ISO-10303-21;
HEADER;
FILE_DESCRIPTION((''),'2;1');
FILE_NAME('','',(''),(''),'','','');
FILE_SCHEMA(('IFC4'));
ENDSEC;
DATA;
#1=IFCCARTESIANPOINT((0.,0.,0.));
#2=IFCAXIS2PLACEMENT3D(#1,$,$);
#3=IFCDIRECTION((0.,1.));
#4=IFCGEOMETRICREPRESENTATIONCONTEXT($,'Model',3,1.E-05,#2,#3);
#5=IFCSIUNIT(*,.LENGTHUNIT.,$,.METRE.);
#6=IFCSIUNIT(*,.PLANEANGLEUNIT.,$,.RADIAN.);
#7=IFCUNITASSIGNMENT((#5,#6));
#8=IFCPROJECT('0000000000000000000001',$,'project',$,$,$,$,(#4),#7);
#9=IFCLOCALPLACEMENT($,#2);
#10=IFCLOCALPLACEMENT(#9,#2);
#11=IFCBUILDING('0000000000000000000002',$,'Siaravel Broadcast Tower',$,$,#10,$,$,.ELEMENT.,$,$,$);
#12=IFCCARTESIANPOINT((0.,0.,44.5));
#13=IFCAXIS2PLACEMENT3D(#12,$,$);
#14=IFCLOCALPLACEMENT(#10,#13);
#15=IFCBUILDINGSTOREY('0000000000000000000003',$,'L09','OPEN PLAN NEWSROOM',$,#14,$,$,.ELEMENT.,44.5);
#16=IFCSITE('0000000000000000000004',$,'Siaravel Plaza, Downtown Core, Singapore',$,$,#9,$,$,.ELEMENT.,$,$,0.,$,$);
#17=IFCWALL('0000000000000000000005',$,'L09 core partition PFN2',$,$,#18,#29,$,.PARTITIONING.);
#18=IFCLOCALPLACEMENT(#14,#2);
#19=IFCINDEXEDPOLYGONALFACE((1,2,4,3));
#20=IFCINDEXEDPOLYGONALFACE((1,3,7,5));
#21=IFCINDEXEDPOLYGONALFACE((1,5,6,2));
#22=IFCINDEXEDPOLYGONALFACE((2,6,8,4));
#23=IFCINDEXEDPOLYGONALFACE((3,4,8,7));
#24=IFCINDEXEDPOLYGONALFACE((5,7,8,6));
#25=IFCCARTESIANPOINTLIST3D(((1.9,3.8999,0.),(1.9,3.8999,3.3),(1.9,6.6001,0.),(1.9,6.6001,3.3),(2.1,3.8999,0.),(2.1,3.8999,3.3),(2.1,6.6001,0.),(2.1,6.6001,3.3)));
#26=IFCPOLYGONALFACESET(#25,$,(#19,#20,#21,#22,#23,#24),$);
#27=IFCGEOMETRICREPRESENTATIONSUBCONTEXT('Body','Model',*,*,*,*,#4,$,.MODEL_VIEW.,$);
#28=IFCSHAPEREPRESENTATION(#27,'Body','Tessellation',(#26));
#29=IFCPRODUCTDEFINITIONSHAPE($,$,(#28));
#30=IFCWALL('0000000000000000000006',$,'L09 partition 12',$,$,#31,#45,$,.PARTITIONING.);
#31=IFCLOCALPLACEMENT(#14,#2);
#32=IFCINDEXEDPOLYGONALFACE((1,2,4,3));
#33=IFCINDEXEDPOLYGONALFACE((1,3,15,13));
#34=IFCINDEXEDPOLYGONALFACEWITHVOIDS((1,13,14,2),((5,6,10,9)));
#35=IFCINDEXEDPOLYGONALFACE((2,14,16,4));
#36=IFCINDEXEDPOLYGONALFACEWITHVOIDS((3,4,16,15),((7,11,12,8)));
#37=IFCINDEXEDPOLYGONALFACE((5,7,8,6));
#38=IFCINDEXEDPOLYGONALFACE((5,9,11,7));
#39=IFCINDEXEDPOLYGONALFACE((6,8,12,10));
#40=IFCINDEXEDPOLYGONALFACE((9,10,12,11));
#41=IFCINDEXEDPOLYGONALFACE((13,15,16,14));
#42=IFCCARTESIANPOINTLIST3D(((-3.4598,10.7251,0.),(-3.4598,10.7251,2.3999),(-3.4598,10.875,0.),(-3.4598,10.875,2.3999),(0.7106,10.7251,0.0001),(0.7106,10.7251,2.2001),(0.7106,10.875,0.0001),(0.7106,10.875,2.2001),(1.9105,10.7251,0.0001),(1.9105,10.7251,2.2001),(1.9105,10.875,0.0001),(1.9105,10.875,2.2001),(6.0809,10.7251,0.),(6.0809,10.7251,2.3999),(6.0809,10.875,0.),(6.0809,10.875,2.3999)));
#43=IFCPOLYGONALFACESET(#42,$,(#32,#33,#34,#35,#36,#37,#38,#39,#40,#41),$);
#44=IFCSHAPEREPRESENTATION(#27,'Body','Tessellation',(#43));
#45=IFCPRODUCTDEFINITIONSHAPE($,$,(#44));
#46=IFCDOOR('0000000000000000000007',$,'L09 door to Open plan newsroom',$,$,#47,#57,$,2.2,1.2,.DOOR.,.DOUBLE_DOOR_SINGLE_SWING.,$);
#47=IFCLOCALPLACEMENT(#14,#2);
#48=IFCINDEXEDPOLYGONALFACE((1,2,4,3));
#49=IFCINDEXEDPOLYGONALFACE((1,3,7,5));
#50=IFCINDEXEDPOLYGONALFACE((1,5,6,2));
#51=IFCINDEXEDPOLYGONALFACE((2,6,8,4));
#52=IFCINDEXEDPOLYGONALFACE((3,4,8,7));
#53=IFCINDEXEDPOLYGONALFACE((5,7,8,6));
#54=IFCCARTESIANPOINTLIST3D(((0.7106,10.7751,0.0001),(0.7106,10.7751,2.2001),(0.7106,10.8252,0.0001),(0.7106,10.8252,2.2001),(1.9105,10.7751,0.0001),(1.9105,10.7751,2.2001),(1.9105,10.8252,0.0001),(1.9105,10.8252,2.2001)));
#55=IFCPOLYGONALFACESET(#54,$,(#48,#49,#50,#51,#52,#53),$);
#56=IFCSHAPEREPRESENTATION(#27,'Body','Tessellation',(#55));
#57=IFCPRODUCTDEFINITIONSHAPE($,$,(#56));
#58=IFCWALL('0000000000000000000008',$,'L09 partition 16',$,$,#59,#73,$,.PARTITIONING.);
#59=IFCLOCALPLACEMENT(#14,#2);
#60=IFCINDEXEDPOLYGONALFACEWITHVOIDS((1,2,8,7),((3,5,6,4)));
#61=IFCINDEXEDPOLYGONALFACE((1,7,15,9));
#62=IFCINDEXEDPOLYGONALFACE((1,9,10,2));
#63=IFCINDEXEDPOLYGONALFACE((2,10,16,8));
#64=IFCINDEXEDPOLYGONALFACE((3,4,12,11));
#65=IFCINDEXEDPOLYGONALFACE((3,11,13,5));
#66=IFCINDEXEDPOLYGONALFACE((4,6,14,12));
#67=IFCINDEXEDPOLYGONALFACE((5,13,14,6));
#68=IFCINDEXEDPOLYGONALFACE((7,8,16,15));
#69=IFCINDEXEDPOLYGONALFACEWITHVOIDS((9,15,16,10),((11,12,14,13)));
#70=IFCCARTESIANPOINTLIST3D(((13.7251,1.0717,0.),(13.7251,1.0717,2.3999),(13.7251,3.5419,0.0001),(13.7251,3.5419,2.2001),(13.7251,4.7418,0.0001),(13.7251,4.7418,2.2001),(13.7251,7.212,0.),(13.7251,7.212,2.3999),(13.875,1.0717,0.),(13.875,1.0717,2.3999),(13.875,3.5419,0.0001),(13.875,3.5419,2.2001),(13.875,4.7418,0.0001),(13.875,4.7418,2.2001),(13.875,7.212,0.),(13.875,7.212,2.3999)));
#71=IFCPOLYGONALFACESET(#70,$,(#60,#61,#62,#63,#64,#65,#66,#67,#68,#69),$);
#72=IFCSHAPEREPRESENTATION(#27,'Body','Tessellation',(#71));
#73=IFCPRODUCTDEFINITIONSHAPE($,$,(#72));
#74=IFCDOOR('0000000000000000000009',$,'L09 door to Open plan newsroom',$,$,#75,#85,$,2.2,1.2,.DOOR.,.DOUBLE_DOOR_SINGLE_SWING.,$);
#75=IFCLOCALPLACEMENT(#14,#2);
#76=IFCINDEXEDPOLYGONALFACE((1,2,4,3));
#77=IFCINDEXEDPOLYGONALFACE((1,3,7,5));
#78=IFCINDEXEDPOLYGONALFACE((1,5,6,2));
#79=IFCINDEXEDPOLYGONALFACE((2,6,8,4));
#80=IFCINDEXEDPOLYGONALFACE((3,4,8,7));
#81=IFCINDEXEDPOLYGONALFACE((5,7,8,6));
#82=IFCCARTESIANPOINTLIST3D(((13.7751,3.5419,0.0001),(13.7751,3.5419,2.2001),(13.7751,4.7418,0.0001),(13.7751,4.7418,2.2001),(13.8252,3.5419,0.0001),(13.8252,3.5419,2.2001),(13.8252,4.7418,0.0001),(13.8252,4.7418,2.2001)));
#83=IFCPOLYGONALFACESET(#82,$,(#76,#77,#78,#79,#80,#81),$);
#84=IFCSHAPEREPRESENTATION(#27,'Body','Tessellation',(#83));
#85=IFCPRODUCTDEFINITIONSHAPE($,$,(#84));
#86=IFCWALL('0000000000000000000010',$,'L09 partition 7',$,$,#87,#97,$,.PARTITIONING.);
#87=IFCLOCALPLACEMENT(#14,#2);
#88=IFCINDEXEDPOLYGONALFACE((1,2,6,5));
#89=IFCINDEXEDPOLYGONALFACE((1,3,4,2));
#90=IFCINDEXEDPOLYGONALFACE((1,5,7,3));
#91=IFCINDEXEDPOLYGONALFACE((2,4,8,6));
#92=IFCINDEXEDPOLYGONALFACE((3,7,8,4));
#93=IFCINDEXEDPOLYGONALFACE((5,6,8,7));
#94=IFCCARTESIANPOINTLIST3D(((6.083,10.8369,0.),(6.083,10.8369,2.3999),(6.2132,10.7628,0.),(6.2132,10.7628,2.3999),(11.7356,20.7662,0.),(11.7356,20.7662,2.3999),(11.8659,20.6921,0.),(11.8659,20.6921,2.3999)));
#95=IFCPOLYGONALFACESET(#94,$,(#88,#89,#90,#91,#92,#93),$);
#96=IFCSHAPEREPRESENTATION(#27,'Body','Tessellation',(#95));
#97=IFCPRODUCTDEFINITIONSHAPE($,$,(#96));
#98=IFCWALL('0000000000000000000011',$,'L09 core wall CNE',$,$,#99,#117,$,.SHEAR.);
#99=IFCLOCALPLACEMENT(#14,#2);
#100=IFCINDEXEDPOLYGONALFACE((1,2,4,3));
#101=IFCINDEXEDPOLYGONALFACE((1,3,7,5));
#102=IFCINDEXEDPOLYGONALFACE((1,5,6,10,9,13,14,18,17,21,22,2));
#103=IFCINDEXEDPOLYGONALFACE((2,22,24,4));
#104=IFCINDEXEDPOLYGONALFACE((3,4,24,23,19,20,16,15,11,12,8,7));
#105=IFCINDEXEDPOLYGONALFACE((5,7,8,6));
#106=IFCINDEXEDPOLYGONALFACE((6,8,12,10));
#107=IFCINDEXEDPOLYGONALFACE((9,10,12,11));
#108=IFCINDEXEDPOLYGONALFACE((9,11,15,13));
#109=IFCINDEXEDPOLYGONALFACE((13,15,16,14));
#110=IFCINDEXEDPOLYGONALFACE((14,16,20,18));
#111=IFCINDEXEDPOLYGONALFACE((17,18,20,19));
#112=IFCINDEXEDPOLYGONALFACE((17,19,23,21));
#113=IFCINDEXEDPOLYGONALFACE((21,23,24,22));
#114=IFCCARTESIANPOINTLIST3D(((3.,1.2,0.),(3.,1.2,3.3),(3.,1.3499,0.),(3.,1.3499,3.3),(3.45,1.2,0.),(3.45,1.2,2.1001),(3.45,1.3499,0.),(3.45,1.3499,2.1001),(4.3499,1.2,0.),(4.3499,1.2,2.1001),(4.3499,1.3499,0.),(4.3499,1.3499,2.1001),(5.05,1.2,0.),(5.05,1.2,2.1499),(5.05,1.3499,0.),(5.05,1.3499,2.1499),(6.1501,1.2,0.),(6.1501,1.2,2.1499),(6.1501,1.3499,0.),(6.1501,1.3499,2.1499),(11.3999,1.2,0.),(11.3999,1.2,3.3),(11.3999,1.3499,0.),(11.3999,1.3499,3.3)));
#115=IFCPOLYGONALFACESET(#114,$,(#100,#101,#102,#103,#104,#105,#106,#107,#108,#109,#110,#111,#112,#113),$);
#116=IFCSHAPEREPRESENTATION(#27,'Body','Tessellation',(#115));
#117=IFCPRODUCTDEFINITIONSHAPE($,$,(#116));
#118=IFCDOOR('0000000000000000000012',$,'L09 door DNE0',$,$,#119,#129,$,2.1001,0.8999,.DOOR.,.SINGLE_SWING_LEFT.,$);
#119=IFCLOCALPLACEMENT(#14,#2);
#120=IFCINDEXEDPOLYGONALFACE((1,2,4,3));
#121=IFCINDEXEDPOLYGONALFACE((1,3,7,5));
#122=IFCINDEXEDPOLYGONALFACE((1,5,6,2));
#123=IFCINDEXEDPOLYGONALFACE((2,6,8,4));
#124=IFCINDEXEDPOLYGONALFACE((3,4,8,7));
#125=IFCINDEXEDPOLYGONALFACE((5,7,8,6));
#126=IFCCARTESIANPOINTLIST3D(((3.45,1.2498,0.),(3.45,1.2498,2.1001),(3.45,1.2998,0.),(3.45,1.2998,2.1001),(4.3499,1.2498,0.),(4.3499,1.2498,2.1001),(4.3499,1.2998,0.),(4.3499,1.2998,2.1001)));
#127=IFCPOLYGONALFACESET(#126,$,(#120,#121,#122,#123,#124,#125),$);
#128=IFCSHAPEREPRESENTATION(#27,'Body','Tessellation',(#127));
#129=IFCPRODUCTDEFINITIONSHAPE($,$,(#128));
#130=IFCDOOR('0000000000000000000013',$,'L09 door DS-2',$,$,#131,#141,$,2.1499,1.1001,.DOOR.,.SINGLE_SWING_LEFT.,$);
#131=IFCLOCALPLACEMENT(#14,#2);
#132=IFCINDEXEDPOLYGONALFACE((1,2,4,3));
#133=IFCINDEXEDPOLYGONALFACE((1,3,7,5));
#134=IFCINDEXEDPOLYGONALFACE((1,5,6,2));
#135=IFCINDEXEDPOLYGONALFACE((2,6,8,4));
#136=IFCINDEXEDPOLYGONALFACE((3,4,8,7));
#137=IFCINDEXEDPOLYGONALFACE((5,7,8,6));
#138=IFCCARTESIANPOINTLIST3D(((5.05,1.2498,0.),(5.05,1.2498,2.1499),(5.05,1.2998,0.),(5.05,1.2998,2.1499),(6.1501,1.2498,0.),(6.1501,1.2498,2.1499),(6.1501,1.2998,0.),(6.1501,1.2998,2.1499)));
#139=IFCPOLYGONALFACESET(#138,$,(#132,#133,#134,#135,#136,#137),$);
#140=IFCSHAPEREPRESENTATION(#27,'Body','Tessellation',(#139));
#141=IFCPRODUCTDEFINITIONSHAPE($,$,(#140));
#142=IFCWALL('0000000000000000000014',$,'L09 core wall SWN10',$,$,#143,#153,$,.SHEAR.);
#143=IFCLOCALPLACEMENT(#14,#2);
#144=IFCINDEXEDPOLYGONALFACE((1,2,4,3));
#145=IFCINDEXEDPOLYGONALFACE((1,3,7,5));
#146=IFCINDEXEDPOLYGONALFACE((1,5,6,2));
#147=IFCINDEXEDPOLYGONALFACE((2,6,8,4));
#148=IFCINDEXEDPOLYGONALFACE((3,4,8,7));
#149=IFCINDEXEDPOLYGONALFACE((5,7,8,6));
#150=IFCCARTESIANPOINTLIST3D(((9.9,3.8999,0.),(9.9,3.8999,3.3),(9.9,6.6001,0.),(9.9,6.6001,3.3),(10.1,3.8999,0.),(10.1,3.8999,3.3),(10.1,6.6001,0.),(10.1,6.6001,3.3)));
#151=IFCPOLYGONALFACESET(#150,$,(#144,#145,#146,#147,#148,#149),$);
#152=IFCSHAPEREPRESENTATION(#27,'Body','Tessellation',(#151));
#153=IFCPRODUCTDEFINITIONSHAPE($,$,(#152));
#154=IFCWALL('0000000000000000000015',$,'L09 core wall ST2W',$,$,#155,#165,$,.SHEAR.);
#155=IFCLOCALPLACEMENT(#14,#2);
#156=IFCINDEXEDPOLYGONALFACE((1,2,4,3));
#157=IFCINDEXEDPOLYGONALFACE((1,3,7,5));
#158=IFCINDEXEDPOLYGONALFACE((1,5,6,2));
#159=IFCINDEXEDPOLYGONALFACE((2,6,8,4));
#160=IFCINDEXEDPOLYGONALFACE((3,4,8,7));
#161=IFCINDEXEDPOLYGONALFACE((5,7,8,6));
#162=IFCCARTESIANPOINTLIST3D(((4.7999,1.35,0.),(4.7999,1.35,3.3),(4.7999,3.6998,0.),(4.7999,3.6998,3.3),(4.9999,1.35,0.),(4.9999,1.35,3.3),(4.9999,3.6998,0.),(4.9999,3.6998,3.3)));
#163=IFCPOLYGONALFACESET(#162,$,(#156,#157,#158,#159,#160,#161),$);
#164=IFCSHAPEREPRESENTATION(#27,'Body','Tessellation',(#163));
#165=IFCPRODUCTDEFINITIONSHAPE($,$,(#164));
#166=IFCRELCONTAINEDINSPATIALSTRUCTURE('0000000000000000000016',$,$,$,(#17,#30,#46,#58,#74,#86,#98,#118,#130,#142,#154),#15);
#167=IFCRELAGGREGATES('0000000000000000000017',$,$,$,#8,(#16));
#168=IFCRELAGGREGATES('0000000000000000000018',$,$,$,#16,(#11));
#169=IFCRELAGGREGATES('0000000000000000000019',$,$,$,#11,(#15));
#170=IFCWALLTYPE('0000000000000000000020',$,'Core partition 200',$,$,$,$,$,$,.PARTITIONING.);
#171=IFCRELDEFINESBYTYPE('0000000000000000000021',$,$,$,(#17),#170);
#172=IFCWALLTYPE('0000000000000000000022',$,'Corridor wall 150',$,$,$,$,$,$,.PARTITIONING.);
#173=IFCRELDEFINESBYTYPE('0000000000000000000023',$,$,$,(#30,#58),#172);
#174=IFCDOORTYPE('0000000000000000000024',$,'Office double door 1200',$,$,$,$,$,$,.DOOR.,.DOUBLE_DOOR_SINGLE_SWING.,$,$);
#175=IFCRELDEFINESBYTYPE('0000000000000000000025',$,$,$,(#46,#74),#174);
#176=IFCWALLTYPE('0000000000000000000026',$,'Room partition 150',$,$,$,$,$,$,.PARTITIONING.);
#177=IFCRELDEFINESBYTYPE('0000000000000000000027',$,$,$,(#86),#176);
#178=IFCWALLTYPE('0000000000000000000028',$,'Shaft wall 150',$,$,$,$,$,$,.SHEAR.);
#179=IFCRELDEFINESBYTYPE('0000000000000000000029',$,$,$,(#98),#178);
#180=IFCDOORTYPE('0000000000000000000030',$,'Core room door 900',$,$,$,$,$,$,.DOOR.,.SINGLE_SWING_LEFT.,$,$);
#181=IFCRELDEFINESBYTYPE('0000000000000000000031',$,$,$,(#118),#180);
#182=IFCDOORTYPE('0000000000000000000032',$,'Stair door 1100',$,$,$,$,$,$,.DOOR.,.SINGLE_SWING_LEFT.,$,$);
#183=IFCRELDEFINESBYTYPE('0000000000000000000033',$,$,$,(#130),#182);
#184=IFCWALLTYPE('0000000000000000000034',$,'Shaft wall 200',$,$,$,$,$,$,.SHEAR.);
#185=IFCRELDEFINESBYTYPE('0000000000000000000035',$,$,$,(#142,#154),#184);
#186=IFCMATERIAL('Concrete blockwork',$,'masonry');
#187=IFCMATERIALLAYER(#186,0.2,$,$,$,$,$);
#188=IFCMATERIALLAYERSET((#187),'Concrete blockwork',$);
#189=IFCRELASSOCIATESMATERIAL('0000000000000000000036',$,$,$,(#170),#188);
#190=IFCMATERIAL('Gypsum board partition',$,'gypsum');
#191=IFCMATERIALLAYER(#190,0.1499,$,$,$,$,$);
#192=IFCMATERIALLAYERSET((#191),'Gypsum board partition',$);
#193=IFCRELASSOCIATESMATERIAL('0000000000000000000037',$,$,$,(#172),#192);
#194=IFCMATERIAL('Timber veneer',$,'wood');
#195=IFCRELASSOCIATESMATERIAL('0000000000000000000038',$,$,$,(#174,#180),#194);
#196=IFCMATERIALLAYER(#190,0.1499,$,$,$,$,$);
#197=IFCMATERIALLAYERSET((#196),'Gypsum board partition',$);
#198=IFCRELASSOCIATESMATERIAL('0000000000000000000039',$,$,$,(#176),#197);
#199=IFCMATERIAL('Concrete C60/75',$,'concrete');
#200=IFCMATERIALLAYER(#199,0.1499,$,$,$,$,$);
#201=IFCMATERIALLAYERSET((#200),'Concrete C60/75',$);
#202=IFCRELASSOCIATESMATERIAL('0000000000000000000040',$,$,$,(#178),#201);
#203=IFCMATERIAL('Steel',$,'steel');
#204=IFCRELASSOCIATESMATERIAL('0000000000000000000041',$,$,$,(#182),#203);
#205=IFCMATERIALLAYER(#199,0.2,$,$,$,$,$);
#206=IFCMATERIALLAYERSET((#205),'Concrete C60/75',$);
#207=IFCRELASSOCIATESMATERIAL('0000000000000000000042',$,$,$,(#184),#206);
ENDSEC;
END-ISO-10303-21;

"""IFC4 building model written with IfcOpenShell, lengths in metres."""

from ifc_helpers import new_model, si_unit, direction, frame, frame_2d, origin, place, context, subcontext, project, spatial, rectangle, extrude, material, layer, layer_set, type_object, element, fill, save


model = new_model("IFC4")

# Units and contexts
model_context = context("Model", 3, precision=1e-05, world=origin(), true_north=direction((0.0, 1.0)))
body_context = subcontext(model_context, "Body", "Model", "MODEL_VIEW")
ifc_project = project(units=[si_unit("LENGTHUNIT", "METRE"), si_unit("PLANEANGLEUNIT", "RADIAN")], contexts=[model_context])

# Site, building, storey
site_placement = place(None, origin())
site = spatial("IfcSite", under=ifc_project, at=site_placement, Name="Siaravel Plaza, Downtown Core, Singapore", CompositionType="ELEMENT", RefElevation=0.0)
building_placement = place(site_placement, origin())
building = spatial("IfcBuilding", under=site, at=building_placement, Name="Siaravel Broadcast Tower", CompositionType="ELEMENT")
storey_placement = place(building_placement, frame((0.0, 0.0, 44.5)))
storey = spatial("IfcBuildingStorey", under=building, at=storey_placement, Name="L09", Description="OPEN PLAN NEWSROOM", CompositionType="ELEMENT", Elevation=44.5)

# Wall
ifc_material_1 = material(Name="Concrete blockwork", Category="masonry")
ifc_layer_1 = layer(ifc_material_1, 0.2)
ifc_layer_set_1 = layer_set([ifc_layer_1], Name="Concrete blockwork")
wall_type_1 = type_object("IfcWallType", Name="Core partition 200", PredefinedType="PARTITIONING", material=ifc_layer_set_1)
wall_1_placement = place(storey_placement, frame((2.0, 3.8999, 0.0), z_axis=(0.0, 0.0, 1.0), x_axis=(0.0, 1.0, 0.0)))
element("IfcWall", 1, at=wall_1_placement, inside=storey, type_object=wall_type_1, Name="L09 core partition PFN2", PredefinedType="PARTITIONING", context=body_context, shape_type="SweptSolid", body=[
    extrude(rectangle(XDim=2.7002, YDim=0.2, at=frame_2d((1.3501, 0.0))), origin(), (0.0, 0.0, 1.0), 3.3),
])

# Walls, openings, doors
ifc_material_2 = material(Name="Gypsum board partition", Category="gypsum")
ifc_layer_2 = layer(ifc_material_2, 0.1499)
ifc_layer_set_2 = layer_set([ifc_layer_2], Name="Gypsum board partition")
wall_type_2 = type_object("IfcWallType", Name="Corridor wall 150", PredefinedType="PARTITIONING", material=ifc_layer_set_2)
wall_2_placement = place(storey_placement, frame((6.0811, 10.8, 0.0), z_axis=(0.0, 0.0, 1.0), x_axis=(-1.0, 0.0, 0.0)))
wall_2 = element("IfcWall", 2, at=wall_2_placement, inside=storey, type_object=wall_type_2, Name="L09 partition 12", PredefinedType="PARTITIONING", context=body_context, shape_type="SweptSolid", body=[
    extrude(rectangle(XDim=9.5408, YDim=0.1499, at=frame_2d((4.7705, 0.0))), origin(), (0.0, 0.0, 1.0), 2.3999),
])
opening_1_placement = place(wall_2_placement, frame((4.1704, 0.0, 0.0)))
opening_1 = element("IfcOpeningElement", 3, at=opening_1_placement, cuts=wall_2, PredefinedType="OPENING", context=body_context, shape_type="SweptSolid", body=[
    extrude(rectangle(XDim=1.2, YDim=2.2, at=frame_2d((0.6001, 1.1001))), frame((0.0, 0.085, 0.0), z_axis=(0.0, -1.0, 0.0), x_axis=(1.0, 0.0, 0.0)), (0.0, 0.0, 1.0), 0.1699),
])
ifc_material_3 = material(Name="Timber veneer", Category="wood")
door_type_1 = type_object("IfcDoorType", Name="Office double door 1200", OperationType="DOUBLE_DOOR_SINGLE_SWING", PredefinedType="DOOR", material=ifc_material_3)
door_1_placement = place(opening_1_placement, origin())
door_1 = element("IfcDoor", 4, at=door_1_placement, inside=storey, type_object=door_type_1, Name="L09 door to Open plan newsroom", OperationType="DOUBLE_DOOR_SINGLE_SWING", OverallHeight=2.2, OverallWidth=1.2, PredefinedType="DOOR", context=body_context, shape_type="SweptSolid", body=[
    extrude(rectangle(XDim=1.2, YDim=2.2, at=frame_2d((0.6001, 1.1001))), frame((0.0, 0.0249, 0.0), z_axis=(0.0, -1.0, 0.0), x_axis=(1.0, 0.0, 0.0)), (0.0, 0.0, 1.0), 0.05),
])
fill(opening_1, door_1)
wall_3_placement = place(storey_placement, frame((13.8, 1.0715, 0.0), z_axis=(0.0, 0.0, 1.0), x_axis=(0.0, 1.0, 0.0)))
wall_3 = element("IfcWall", 5, at=wall_3_placement, inside=storey, type_object=wall_type_2, Name="L09 partition 16", PredefinedType="PARTITIONING", context=body_context, shape_type="SweptSolid", body=[
    extrude(rectangle(XDim=6.1404, YDim=0.1499, at=frame_2d((3.0703, 0.0))), origin(), (0.0, 0.0, 1.0), 2.3999),
])
opening_2_placement = place(wall_3_placement, frame((2.4702, 0.0, 0.0)))
opening_2 = element("IfcOpeningElement", 6, at=opening_2_placement, cuts=wall_3, PredefinedType="OPENING", context=body_context, shape_type="SweptSolid", body=[
    extrude(rectangle(XDim=1.2, YDim=2.2, at=frame_2d((0.6001, 1.1001))), frame((0.0, 0.085, 0.0), z_axis=(0.0, -1.0, 0.0), x_axis=(1.0, 0.0, 0.0)), (0.0, 0.0, 1.0), 0.1699),
])
door_2_placement = place(opening_2_placement, origin())
door_2 = element("IfcDoor", 7, at=door_2_placement, inside=storey, type_object=door_type_1, Name="L09 door to Open plan newsroom", OperationType="DOUBLE_DOOR_SINGLE_SWING", OverallHeight=2.2, OverallWidth=1.2, PredefinedType="DOOR", context=body_context, shape_type="SweptSolid", body=[
    extrude(rectangle(XDim=1.2, YDim=2.2, at=frame_2d((0.6001, 1.1001))), frame((0.0, 0.0249, 0.0), z_axis=(0.0, -1.0, 0.0), x_axis=(1.0, 0.0, 0.0)), (0.0, 0.0, 1.0), 0.05),
])
fill(opening_2, door_2)

# Wall
ifc_layer_3 = layer(ifc_material_2, 0.1499)
ifc_layer_set_3 = layer_set([ifc_layer_3], Name="Gypsum board partition")
wall_type_3 = type_object("IfcWallType", Name="Room partition 150", PredefinedType="PARTITIONING", material=ifc_layer_set_3)
wall_4_placement = place(storey_placement, frame((11.8008, 20.7292, 0.0), z_axis=(0.0, 0.0, 1.0), x_axis=(-0.494737, -0.869043, 0.0)))
element("IfcWall", 8, at=wall_4_placement, inside=storey, type_object=wall_type_3, Name="L09 partition 7", PredefinedType="PARTITIONING", context=body_context, shape_type="SweptSolid", body=[
    extrude(rectangle(XDim=11.4255, YDim=0.1499, at=frame_2d((5.7129, 0.0))), origin(), (0.0, 0.0, 1.0), 2.3999),
])

# Wall, openings, doors
ifc_material_4 = material(Name="Concrete C60/75", Category="concrete")
ifc_layer_4 = layer(ifc_material_4, 0.1499)
ifc_layer_set_4 = layer_set([ifc_layer_4], Name="Concrete C60/75")
wall_type_4 = type_object("IfcWallType", Name="Shaft wall 150", PredefinedType="SHEAR", material=ifc_layer_set_4)
wall_5_placement = place(storey_placement, frame((3.0, 1.2749, 0.0), z_axis=(0.0, 0.0, 1.0), x_axis=(1.0, 0.0, 0.0)))
wall_5 = element("IfcWall", 9, at=wall_5_placement, inside=storey, type_object=wall_type_4, Name="L09 core wall CNE", PredefinedType="SHEAR", context=body_context, shape_type="SweptSolid", body=[
    extrude(rectangle(XDim=8.3999, YDim=0.1499, at=frame_2d((4.2, 0.0))), origin(), (0.0, 0.0, 1.0), 3.3),
])
opening_3_placement = place(wall_5_placement, frame((2.05, 0.0, 0.0)))
opening_3 = element("IfcOpeningElement", 10, at=opening_3_placement, cuts=wall_5, PredefinedType="OPENING", context=body_context, shape_type="SweptSolid", body=[
    extrude(rectangle(XDim=1.1001, YDim=2.1499, at=frame_2d((0.55, 1.075))), frame((0.0, 0.085, 0.0), z_axis=(0.0, -1.0, 0.0), x_axis=(1.0, 0.0, 0.0)), (0.0, 0.0, 1.0), 0.1699),
])
opening_4_placement = place(wall_5_placement, frame((0.45, 0.0, 0.0)))
opening_4 = element("IfcOpeningElement", 11, at=opening_4_placement, cuts=wall_5, PredefinedType="OPENING", context=body_context, shape_type="SweptSolid", body=[
    extrude(rectangle(XDim=0.8999, YDim=2.1001, at=frame_2d((0.45, 1.05))), frame((0.0, 0.085, 0.0), z_axis=(0.0, -1.0, 0.0), x_axis=(1.0, 0.0, 0.0)), (0.0, 0.0, 1.0), 0.1699),
])
door_type_2 = type_object("IfcDoorType", Name="Core room door 900", OperationType="SINGLE_SWING_LEFT", PredefinedType="DOOR", material=ifc_material_3)
door_3_placement = place(opening_4_placement, origin())
door_3 = element("IfcDoor", 12, at=door_3_placement, inside=storey, type_object=door_type_2, Name="L09 door DNE0", OperationType="SINGLE_SWING_LEFT", OverallHeight=2.1001, OverallWidth=0.8999, PredefinedType="DOOR", context=body_context, shape_type="SweptSolid", body=[
    extrude(rectangle(XDim=0.8999, YDim=2.1001, at=frame_2d((0.45, 1.05))), frame((0.0, 0.0249, 0.0), z_axis=(0.0, -1.0, 0.0), x_axis=(1.0, 0.0, 0.0)), (0.0, 0.0, 1.0), 0.05),
])
fill(opening_4, door_3)
ifc_material_5 = material(Name="Steel", Category="steel")
door_type_3 = type_object("IfcDoorType", Name="Stair door 1100", OperationType="SINGLE_SWING_LEFT", PredefinedType="DOOR", material=ifc_material_5)
door_4_placement = place(opening_3_placement, origin())
door_4 = element("IfcDoor", 13, at=door_4_placement, inside=storey, type_object=door_type_3, Name="L09 door DS-2", OperationType="SINGLE_SWING_LEFT", OverallHeight=2.1499, OverallWidth=1.1001, PredefinedType="DOOR", context=body_context, shape_type="SweptSolid", body=[
    extrude(rectangle(XDim=1.1001, YDim=2.1499, at=frame_2d((0.55, 1.075))), frame((0.0, 0.0249, 0.0), z_axis=(0.0, -1.0, 0.0), x_axis=(1.0, 0.0, 0.0)), (0.0, 0.0, 1.0), 0.05),
])
fill(opening_3, door_4)

# Walls
ifc_layer_5 = layer(ifc_material_4, 0.2)
ifc_layer_set_5 = layer_set([ifc_layer_5], Name="Concrete C60/75")
wall_type_5 = type_object("IfcWallType", Name="Shaft wall 200", PredefinedType="SHEAR", material=ifc_layer_set_5)
wall_6_placement = place(storey_placement, frame((10.0, 3.8999, 0.0), z_axis=(0.0, 0.0, 1.0), x_axis=(0.0, 1.0, 0.0)))
element("IfcWall", 14, at=wall_6_placement, inside=storey, type_object=wall_type_5, Name="L09 core wall SWN10", PredefinedType="SHEAR", context=body_context, shape_type="SweptSolid", body=[
    extrude(rectangle(XDim=2.7002, YDim=0.2, at=frame_2d((1.3501, 0.0))), origin(), (0.0, 0.0, 1.0), 3.3),
])
wall_7_placement = place(storey_placement, frame((4.8999, 1.3501, 0.0), z_axis=(0.0, 0.0, 1.0), x_axis=(0.0, 1.0, 0.0)))
element("IfcWall", 15, at=wall_7_placement, inside=storey, type_object=wall_type_5, Name="L09 core wall ST2W", PredefinedType="SHEAR", context=body_context, shape_type="SweptSolid", body=[
    extrude(rectangle(XDim=2.3499, YDim=0.2, at=frame_2d((1.1748, 0.0))), origin(), (0.0, 0.0, 1.0), 3.3),
])

save(model, "model.ifc")
